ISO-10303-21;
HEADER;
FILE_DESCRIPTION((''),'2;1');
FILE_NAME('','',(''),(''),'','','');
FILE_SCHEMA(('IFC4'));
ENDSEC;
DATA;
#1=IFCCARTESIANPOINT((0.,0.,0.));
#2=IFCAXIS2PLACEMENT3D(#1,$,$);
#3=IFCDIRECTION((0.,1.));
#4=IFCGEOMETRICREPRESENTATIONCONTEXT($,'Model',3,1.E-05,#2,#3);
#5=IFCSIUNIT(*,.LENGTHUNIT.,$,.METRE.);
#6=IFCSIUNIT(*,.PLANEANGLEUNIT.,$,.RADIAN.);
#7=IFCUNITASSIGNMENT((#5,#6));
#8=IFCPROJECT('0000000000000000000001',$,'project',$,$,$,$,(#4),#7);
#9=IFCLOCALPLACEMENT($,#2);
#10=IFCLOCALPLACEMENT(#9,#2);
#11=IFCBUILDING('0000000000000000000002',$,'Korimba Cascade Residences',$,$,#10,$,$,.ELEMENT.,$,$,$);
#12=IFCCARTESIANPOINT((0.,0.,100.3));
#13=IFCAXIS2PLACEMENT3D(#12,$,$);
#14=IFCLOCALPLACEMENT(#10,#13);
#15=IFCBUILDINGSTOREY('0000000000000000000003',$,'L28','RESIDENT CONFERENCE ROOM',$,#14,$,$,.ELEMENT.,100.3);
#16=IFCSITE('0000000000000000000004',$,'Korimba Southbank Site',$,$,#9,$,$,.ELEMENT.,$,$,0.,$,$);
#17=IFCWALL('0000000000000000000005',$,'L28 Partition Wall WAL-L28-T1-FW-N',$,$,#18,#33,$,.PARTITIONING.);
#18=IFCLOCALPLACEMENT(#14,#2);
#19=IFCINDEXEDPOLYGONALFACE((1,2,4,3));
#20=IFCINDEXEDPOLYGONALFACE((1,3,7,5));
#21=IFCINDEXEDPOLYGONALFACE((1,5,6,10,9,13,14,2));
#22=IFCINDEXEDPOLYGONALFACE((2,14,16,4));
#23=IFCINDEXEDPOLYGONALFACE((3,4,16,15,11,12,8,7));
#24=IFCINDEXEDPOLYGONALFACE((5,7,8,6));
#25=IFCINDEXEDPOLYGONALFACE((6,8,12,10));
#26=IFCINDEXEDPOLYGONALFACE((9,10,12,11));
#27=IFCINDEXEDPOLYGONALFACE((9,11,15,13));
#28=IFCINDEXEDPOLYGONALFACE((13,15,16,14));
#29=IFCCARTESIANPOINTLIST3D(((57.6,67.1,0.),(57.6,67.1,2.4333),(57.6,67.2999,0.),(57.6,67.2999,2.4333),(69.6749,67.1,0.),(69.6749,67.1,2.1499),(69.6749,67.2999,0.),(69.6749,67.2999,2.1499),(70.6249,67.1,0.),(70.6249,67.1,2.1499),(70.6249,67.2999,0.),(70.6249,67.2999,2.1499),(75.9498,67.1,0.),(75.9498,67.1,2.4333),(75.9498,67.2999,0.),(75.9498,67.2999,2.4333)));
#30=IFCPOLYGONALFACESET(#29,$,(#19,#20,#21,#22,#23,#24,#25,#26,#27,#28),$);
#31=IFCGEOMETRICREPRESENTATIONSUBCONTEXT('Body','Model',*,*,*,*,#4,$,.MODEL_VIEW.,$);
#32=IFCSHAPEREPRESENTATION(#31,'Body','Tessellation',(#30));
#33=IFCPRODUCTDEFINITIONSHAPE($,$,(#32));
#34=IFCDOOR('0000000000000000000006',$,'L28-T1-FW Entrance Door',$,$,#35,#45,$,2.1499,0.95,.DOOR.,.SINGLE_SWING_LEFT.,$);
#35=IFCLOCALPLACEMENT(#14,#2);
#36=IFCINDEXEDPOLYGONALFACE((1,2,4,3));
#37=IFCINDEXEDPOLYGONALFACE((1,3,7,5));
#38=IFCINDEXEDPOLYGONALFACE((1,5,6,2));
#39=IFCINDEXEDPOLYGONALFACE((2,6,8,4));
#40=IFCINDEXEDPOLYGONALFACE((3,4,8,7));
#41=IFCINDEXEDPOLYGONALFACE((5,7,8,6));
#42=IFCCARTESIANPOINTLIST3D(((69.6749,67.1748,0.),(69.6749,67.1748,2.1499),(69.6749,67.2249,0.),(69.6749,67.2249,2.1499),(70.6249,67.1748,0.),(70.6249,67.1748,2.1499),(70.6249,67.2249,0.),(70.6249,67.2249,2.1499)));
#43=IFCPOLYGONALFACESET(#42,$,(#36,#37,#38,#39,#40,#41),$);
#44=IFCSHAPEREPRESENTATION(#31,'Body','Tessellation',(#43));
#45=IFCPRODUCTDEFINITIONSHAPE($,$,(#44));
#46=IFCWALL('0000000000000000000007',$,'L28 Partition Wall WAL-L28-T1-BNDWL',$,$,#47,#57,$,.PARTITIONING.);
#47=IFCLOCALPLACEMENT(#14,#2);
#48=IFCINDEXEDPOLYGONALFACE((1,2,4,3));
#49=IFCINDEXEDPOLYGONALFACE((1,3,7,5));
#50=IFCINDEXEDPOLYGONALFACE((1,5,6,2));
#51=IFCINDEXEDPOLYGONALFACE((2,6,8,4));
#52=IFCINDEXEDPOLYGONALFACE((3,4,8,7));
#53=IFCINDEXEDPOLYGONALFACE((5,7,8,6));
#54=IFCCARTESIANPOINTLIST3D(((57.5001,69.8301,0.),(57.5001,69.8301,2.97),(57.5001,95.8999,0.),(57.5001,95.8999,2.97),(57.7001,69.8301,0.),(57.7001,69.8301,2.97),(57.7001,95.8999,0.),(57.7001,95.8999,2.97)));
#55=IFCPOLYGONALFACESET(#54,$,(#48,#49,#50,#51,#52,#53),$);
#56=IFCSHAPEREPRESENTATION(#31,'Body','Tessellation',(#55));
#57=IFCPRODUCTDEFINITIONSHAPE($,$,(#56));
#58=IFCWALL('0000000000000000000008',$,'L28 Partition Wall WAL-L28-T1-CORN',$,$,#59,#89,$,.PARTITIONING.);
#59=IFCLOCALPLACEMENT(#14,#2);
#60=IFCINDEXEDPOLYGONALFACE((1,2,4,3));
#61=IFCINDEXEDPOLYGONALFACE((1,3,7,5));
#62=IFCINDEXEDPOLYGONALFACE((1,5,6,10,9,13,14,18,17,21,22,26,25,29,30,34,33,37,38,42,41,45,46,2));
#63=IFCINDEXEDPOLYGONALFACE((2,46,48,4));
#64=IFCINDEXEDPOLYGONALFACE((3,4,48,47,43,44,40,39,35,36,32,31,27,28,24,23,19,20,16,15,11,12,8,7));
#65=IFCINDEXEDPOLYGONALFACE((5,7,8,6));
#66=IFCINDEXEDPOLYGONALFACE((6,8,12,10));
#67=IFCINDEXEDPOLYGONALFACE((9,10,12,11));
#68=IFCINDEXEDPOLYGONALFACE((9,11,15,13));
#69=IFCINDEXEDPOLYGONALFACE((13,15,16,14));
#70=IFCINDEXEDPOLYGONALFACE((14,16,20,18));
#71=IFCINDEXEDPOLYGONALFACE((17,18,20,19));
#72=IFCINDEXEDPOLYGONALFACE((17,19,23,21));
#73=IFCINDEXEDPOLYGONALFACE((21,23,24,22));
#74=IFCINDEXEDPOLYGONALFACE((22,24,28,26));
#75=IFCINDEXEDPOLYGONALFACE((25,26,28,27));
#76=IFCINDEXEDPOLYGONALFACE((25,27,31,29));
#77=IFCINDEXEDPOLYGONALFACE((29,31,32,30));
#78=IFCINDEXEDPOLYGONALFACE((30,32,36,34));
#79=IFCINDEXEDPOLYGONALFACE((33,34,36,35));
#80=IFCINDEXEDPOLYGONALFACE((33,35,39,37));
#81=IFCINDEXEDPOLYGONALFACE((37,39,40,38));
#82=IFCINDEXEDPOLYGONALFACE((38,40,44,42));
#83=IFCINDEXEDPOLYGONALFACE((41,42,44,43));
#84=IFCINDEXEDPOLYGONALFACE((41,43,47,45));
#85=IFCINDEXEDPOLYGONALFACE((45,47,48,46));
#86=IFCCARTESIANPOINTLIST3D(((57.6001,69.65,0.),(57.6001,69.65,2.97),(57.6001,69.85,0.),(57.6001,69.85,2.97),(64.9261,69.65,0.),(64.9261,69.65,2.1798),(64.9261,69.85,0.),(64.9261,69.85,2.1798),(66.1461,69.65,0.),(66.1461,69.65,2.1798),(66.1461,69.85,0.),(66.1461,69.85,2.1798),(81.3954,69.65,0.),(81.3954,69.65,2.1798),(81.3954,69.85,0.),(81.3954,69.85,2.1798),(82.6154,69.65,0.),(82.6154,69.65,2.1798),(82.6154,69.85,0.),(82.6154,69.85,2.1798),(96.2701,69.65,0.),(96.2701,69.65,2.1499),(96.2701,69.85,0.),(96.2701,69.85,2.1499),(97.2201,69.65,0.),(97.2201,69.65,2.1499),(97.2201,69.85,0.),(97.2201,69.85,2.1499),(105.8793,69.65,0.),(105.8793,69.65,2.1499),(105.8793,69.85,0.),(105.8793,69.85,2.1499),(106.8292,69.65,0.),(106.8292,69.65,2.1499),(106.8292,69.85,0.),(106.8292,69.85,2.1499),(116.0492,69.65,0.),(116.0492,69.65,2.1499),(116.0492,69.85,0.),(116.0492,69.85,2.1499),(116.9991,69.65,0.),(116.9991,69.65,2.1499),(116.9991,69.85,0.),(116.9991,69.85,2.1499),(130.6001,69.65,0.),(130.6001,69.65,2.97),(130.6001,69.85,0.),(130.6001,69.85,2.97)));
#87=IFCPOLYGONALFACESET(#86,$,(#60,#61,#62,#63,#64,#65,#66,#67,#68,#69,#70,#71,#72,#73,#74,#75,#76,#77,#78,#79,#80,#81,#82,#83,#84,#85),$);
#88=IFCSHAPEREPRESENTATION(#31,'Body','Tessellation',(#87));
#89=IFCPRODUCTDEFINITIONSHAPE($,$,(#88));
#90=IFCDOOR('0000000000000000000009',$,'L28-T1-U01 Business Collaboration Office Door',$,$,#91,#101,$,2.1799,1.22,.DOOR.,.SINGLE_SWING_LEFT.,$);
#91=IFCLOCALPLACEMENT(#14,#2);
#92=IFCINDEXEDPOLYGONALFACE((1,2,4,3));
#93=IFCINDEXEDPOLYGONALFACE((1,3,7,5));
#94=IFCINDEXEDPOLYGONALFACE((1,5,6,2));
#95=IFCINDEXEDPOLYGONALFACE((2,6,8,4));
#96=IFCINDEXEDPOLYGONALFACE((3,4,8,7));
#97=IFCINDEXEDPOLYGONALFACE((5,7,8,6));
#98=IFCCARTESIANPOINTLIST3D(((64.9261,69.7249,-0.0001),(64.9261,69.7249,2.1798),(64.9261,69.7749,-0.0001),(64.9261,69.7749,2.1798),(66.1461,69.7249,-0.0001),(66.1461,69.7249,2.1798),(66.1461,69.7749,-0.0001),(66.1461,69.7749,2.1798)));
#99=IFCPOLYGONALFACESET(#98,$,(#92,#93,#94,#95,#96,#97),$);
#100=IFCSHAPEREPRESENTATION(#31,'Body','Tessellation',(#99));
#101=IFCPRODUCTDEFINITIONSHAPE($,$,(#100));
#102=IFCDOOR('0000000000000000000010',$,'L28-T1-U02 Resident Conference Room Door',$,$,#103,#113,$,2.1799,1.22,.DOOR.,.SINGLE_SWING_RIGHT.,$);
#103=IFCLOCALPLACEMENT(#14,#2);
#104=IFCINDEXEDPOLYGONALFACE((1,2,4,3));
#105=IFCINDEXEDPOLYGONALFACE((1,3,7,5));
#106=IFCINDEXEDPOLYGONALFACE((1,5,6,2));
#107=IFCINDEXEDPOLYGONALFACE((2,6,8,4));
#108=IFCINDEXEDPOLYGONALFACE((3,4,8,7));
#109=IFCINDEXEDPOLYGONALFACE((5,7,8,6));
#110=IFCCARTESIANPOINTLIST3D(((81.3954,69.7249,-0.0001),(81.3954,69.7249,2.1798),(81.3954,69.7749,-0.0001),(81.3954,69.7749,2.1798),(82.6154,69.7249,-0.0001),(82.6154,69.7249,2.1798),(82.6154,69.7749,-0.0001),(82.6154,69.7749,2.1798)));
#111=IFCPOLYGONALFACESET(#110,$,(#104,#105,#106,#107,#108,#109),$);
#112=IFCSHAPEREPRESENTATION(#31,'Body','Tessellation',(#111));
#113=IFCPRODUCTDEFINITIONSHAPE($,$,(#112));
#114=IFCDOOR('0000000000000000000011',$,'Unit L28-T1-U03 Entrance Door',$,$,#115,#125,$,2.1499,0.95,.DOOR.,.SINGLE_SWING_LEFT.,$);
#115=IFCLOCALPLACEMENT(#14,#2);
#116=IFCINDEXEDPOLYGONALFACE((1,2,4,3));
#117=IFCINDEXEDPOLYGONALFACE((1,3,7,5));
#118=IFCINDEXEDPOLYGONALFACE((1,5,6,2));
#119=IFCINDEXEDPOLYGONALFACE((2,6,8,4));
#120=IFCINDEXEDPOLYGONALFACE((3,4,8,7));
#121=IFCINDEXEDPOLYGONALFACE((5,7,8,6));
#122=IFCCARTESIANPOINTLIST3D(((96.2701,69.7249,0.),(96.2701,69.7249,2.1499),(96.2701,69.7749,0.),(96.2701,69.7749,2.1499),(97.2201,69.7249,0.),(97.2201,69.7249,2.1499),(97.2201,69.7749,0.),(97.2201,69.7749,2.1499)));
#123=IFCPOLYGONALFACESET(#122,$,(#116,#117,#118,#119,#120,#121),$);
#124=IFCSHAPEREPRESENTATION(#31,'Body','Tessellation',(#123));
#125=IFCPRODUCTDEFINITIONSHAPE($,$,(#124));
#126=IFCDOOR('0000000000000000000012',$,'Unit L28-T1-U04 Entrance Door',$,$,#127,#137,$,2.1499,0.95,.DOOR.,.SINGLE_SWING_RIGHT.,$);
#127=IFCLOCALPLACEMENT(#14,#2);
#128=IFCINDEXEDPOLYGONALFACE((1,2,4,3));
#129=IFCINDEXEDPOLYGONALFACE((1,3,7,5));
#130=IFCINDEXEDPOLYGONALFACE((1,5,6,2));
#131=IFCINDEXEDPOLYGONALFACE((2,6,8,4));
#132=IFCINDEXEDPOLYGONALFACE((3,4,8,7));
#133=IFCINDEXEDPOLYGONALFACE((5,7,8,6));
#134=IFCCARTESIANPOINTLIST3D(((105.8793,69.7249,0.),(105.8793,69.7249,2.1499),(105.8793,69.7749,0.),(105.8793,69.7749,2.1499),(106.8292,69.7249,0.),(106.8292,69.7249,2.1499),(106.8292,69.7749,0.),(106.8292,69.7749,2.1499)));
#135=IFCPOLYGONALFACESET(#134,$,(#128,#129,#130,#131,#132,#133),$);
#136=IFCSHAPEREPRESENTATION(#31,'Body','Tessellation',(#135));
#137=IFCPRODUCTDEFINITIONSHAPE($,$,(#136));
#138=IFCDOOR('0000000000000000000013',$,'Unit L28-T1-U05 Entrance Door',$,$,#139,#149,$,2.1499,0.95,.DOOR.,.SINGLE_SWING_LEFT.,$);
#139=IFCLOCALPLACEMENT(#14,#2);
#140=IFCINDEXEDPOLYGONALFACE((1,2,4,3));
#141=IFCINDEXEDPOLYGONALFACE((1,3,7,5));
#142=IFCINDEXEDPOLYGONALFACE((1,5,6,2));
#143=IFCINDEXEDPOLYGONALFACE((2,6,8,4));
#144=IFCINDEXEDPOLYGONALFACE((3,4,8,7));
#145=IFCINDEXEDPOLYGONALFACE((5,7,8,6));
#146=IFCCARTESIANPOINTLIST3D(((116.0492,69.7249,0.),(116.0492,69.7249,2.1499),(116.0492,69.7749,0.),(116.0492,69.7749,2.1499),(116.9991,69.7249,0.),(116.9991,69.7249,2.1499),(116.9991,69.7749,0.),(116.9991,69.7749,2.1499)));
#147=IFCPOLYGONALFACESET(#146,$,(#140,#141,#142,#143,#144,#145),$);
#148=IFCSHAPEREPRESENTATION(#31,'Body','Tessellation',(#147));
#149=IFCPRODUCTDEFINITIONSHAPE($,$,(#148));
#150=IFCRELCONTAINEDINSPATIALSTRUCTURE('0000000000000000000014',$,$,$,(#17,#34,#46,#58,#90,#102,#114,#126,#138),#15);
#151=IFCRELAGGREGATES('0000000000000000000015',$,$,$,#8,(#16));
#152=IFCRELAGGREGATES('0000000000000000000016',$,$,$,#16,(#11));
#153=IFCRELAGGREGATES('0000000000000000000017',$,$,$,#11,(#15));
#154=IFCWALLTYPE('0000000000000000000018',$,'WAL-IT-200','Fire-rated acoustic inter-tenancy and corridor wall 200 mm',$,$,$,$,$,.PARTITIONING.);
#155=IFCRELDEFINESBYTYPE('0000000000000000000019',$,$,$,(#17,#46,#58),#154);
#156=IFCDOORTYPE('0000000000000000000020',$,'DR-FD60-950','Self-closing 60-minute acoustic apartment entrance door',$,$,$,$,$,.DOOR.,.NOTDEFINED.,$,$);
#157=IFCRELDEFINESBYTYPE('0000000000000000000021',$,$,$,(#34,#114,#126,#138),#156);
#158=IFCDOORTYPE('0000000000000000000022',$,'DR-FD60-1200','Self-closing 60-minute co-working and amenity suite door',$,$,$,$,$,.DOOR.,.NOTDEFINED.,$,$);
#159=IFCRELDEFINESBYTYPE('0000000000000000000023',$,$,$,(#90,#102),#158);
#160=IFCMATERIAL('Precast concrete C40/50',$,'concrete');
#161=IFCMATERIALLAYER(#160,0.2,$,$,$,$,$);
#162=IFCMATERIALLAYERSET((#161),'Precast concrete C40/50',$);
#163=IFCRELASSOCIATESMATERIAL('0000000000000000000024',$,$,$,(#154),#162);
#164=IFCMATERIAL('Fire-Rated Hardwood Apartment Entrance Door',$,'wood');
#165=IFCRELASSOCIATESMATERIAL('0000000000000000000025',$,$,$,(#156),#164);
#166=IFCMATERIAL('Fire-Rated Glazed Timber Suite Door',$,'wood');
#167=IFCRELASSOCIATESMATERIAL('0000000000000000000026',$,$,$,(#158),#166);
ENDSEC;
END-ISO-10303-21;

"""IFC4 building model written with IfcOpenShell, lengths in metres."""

from ifc_helpers import new_model, si_unit, direction, frame, frame_2d, origin, place, context, subcontext, project, spatial, rectangle, extrude, material, layer, layer_set, type_object, element, fill, save


model = new_model("IFC4")

# Units and contexts
model_context = context("Model", 3, precision=1e-05, world=origin(), true_north=direction((0.0, 1.0)))
body_context = subcontext(model_context, "Body", "Model", "MODEL_VIEW")
ifc_project = project(units=[si_unit("LENGTHUNIT", "METRE"), si_unit("PLANEANGLEUNIT", "RADIAN")], contexts=[model_context])

# Site, building, storey
site_placement = place(None, origin())
site = spatial("IfcSite", under=ifc_project, at=site_placement, Name="Korimba Southbank Site", CompositionType="ELEMENT", RefElevation=0.0)
building_placement = place(site_placement, origin())
building = spatial("IfcBuilding", under=site, at=building_placement, Name="Korimba Cascade Residences", CompositionType="ELEMENT")
storey_placement = place(building_placement, frame((0.0, 0.0, 100.3)))
storey = spatial("IfcBuildingStorey", under=building, at=storey_placement, Name="L28", Description="RESIDENT CONFERENCE ROOM", CompositionType="ELEMENT", Elevation=100.3)

# Wall, opening, door
ifc_material_1 = material(Name="Precast concrete C40/50", Category="concrete")
ifc_layer_1 = layer(ifc_material_1, 0.2)
ifc_layer_set_1 = layer_set([ifc_layer_1], Name="Precast concrete C40/50")
wall_type_1 = type_object("IfcWallType", Name="WAL-IT-200", Description="Fire-rated acoustic inter-tenancy and corridor wall 200 mm", PredefinedType="PARTITIONING", material=ifc_layer_set_1)
wall_1_placement = place(storey_placement, frame((57.6001, 67.2, 0.0), z_axis=(0.0, 0.0, 1.0), x_axis=(1.0, 0.0, 0.0)))
wall_1 = element("IfcWall", 1, at=wall_1_placement, inside=storey, type_object=wall_type_1, Name="L28 Partition Wall WAL-L28-T1-FW-N", PredefinedType="PARTITIONING", context=body_context, shape_type="SweptSolid", body=[
    extrude(rectangle(XDim=18.3499, YDim=0.2, at=frame_2d((9.1748, 0.0))), origin(), (0.0, 0.0, 1.0), 2.4333),
])
opening_1_placement = place(wall_1_placement, frame((12.0747, 0.0, 0.0)))
opening_1 = element("IfcOpeningElement", 2, at=opening_1_placement, cuts=wall_1, PredefinedType="OPENING", context=body_context, shape_type="SweptSolid", body=[
    extrude(rectangle(XDim=0.95, YDim=2.1499, at=frame_2d((0.4751, 1.075))), frame((0.0, 0.1099, 0.0), z_axis=(0.0, -1.0, 0.0), x_axis=(1.0, 0.0, 0.0)), (0.0, 0.0, 1.0), 0.22),
])
ifc_material_2 = material(Name="Fire-Rated Hardwood Apartment Entrance Door", Category="wood")
door_type_1 = type_object("IfcDoorType", Name="DR-FD60-950", Description="Self-closing 60-minute acoustic apartment entrance door", OperationType="NOTDEFINED", PredefinedType="DOOR", material=ifc_material_2)
door_1_placement = place(opening_1_placement, origin())
door_1 = element("IfcDoor", 3, at=door_1_placement, inside=storey, type_object=door_type_1, Name="L28-T1-FW Entrance Door", OperationType="SINGLE_SWING_LEFT", OverallHeight=2.1499, OverallWidth=0.95, PredefinedType="DOOR", context=body_context, shape_type="SweptSolid", body=[
    extrude(rectangle(XDim=0.95, YDim=2.1499, at=frame_2d((0.4751, 1.075))), frame((0.0, 0.0249, 0.0), z_axis=(0.0, -1.0, 0.0), x_axis=(1.0, 0.0, 0.0)), (0.0, 0.0, 1.0), 0.05),
])
fill(opening_1, door_1)

# Wall
wall_2_placement = place(storey_placement, frame((57.6001, 69.8301, 0.0), z_axis=(0.0, 0.0, 1.0), x_axis=(0.0, 1.0, 0.0)))
element("IfcWall", 4, at=wall_2_placement, inside=storey, type_object=wall_type_1, Name="L28 Partition Wall WAL-L28-T1-BNDWL", PredefinedType="PARTITIONING", context=body_context, shape_type="SweptSolid", body=[
    extrude(rectangle(XDim=26.0698, YDim=0.2, at=frame_2d((13.0349, 0.0))), origin(), (0.0, 0.0, 1.0), 2.97),
])

# Wall, openings, doors
wall_3_placement = place(storey_placement, frame((57.6001, 69.75, 0.0), z_axis=(0.0, 0.0, 1.0), x_axis=(1.0, 0.0, 0.0)))
wall_3 = element("IfcWall", 5, at=wall_3_placement, inside=storey, type_object=wall_type_1, Name="L28 Partition Wall WAL-L28-T1-CORN", PredefinedType="PARTITIONING", context=body_context, shape_type="SweptSolid", body=[
    extrude(rectangle(XDim=73.0, YDim=0.2, at=frame_2d((36.5, 0.0))), origin(), (0.0, 0.0, 1.0), 2.97),
])
opening_2_placement = place(wall_3_placement, frame((7.3262, 0.0, 0.0)))
opening_2 = element("IfcOpeningElement", 6, at=opening_2_placement, cuts=wall_3, PredefinedType="OPENING", context=body_context, shape_type="SweptSolid", body=[
    extrude(rectangle(XDim=1.22, YDim=2.1799, at=frame_2d((0.6099, 1.0898))), frame((0.0, 0.1099, 0.0), z_axis=(0.0, -1.0, 0.0), x_axis=(1.0, 0.0, 0.0)), (0.0, 0.0, 1.0), 0.22),
])
opening_3_placement = place(wall_3_placement, frame((23.7954, 0.0, 0.0)))
opening_3 = element("IfcOpeningElement", 7, at=opening_3_placement, cuts=wall_3, PredefinedType="OPENING", context=body_context, shape_type="SweptSolid", body=[
    extrude(rectangle(XDim=1.22, YDim=2.1799, at=frame_2d((0.6099, 1.0898))), frame((0.0, 0.1099, 0.0), z_axis=(0.0, -1.0, 0.0), x_axis=(1.0, 0.0, 0.0)), (0.0, 0.0, 1.0), 0.22),
])
opening_4_placement = place(wall_3_placement, frame((38.6699, 0.0, 0.0)))
opening_4 = element("IfcOpeningElement", 8, at=opening_4_placement, cuts=wall_3, PredefinedType="OPENING", context=body_context, shape_type="SweptSolid", body=[
    extrude(rectangle(XDim=0.95, YDim=2.1499, at=frame_2d((0.4751, 1.075))), frame((0.0, 0.1099, 0.0), z_axis=(0.0, -1.0, 0.0), x_axis=(1.0, 0.0, 0.0)), (0.0, 0.0, 1.0), 0.22),
])
opening_5_placement = place(wall_3_placement, frame((48.2791, 0.0, 0.0)))
opening_5 = element("IfcOpeningElement", 9, at=opening_5_placement, cuts=wall_3, PredefinedType="OPENING", context=body_context, shape_type="SweptSolid", body=[
    extrude(rectangle(XDim=0.95, YDim=2.1499, at=frame_2d((0.4751, 1.075))), frame((0.0, 0.1099, 0.0), z_axis=(0.0, -1.0, 0.0), x_axis=(1.0, 0.0, 0.0)), (0.0, 0.0, 1.0), 0.22),
])
opening_6_placement = place(wall_3_placement, frame((58.449, 0.0, 0.0)))
opening_6 = element("IfcOpeningElement", 10, at=opening_6_placement, cuts=wall_3, PredefinedType="OPENING", context=body_context, shape_type="SweptSolid", body=[
    extrude(rectangle(XDim=0.95, YDim=2.1499, at=frame_2d((0.4751, 1.075))), frame((0.0, 0.1099, 0.0), z_axis=(0.0, -1.0, 0.0), x_axis=(1.0, 0.0, 0.0)), (0.0, 0.0, 1.0), 0.22),
])
ifc_material_3 = material(Name="Fire-Rated Glazed Timber Suite Door", Category="wood")
door_type_2 = type_object("IfcDoorType", Name="DR-FD60-1200", Description="Self-closing 60-minute co-working and amenity suite door", OperationType="NOTDEFINED", PredefinedType="DOOR", material=ifc_material_3)
door_2_placement = place(opening_2_placement, origin())
door_2 = element("IfcDoor", 11, at=door_2_placement, inside=storey, type_object=door_type_2, Name="L28-T1-U01 Business Collaboration Office Door", OperationType="SINGLE_SWING_LEFT", OverallHeight=2.1799, OverallWidth=1.22, PredefinedType="DOOR", context=body_context, shape_type="SweptSolid", body=[
    extrude(rectangle(XDim=1.22, YDim=2.1799, at=frame_2d((0.6099, 1.0898))), frame((0.0, 0.0249, 0.0), z_axis=(0.0, -1.0, 0.0), x_axis=(1.0, 0.0, 0.0)), (0.0, 0.0, 1.0), 0.05),
])
fill(opening_2, door_2)
door_3_placement = place(opening_3_placement, origin())
door_3 = element("IfcDoor", 12, at=door_3_placement, inside=storey, type_object=door_type_2, Name="L28-T1-U02 Resident Conference Room Door", OperationType="SINGLE_SWING_RIGHT", OverallHeight=2.1799, OverallWidth=1.22, PredefinedType="DOOR", context=body_context, shape_type="SweptSolid", body=[
    extrude(rectangle(XDim=1.22, YDim=2.1799, at=frame_2d((0.6099, 1.0898))), frame((0.0, 0.0249, 0.0), z_axis=(0.0, -1.0, 0.0), x_axis=(1.0, 0.0, 0.0)), (0.0, 0.0, 1.0), 0.05),
])
fill(opening_3, door_3)
door_4_placement = place(opening_4_placement, origin())
door_4 = element("IfcDoor", 13, at=door_4_placement, inside=storey, type_object=door_type_1, Name="Unit L28-T1-U03 Entrance Door", OperationType="SINGLE_SWING_LEFT", OverallHeight=2.1499, OverallWidth=0.95, PredefinedType="DOOR", context=body_context, shape_type="SweptSolid", body=[
    extrude(rectangle(XDim=0.95, YDim=2.1499, at=frame_2d((0.4751, 1.075))), frame((0.0, 0.0249, 0.0), z_axis=(0.0, -1.0, 0.0), x_axis=(1.0, 0.0, 0.0)), (0.0, 0.0, 1.0), 0.05),
])
fill(opening_4, door_4)
door_5_placement = place(opening_5_placement, origin())
door_5 = element("IfcDoor", 14, at=door_5_placement, inside=storey, type_object=door_type_1, Name="Unit L28-T1-U04 Entrance Door", OperationType="SINGLE_SWING_RIGHT", OverallHeight=2.1499, OverallWidth=0.95, PredefinedType="DOOR", context=body_context, shape_type="SweptSolid", body=[
    extrude(rectangle(XDim=0.95, YDim=2.1499, at=frame_2d((0.4751, 1.075))), frame((0.0, 0.0249, 0.0), z_axis=(0.0, -1.0, 0.0), x_axis=(1.0, 0.0, 0.0)), (0.0, 0.0, 1.0), 0.05),
])
fill(opening_5, door_5)
door_6_placement = place(opening_6_placement, origin())
door_6 = element("IfcDoor", 15, at=door_6_placement, inside=storey, type_object=door_type_1, Name="Unit L28-T1-U05 Entrance Door", OperationType="SINGLE_SWING_LEFT", OverallHeight=2.1499, OverallWidth=0.95, PredefinedType="DOOR", context=body_context, shape_type="SweptSolid", body=[
    extrude(rectangle(XDim=0.95, YDim=2.1499, at=frame_2d((0.4751, 1.075))), frame((0.0, 0.0249, 0.0), z_axis=(0.0, -1.0, 0.0), x_axis=(1.0, 0.0, 0.0)), (0.0, 0.0, 1.0), 0.05),
])
fill(opening_6, door_6)

save(model, "model.ifc")
